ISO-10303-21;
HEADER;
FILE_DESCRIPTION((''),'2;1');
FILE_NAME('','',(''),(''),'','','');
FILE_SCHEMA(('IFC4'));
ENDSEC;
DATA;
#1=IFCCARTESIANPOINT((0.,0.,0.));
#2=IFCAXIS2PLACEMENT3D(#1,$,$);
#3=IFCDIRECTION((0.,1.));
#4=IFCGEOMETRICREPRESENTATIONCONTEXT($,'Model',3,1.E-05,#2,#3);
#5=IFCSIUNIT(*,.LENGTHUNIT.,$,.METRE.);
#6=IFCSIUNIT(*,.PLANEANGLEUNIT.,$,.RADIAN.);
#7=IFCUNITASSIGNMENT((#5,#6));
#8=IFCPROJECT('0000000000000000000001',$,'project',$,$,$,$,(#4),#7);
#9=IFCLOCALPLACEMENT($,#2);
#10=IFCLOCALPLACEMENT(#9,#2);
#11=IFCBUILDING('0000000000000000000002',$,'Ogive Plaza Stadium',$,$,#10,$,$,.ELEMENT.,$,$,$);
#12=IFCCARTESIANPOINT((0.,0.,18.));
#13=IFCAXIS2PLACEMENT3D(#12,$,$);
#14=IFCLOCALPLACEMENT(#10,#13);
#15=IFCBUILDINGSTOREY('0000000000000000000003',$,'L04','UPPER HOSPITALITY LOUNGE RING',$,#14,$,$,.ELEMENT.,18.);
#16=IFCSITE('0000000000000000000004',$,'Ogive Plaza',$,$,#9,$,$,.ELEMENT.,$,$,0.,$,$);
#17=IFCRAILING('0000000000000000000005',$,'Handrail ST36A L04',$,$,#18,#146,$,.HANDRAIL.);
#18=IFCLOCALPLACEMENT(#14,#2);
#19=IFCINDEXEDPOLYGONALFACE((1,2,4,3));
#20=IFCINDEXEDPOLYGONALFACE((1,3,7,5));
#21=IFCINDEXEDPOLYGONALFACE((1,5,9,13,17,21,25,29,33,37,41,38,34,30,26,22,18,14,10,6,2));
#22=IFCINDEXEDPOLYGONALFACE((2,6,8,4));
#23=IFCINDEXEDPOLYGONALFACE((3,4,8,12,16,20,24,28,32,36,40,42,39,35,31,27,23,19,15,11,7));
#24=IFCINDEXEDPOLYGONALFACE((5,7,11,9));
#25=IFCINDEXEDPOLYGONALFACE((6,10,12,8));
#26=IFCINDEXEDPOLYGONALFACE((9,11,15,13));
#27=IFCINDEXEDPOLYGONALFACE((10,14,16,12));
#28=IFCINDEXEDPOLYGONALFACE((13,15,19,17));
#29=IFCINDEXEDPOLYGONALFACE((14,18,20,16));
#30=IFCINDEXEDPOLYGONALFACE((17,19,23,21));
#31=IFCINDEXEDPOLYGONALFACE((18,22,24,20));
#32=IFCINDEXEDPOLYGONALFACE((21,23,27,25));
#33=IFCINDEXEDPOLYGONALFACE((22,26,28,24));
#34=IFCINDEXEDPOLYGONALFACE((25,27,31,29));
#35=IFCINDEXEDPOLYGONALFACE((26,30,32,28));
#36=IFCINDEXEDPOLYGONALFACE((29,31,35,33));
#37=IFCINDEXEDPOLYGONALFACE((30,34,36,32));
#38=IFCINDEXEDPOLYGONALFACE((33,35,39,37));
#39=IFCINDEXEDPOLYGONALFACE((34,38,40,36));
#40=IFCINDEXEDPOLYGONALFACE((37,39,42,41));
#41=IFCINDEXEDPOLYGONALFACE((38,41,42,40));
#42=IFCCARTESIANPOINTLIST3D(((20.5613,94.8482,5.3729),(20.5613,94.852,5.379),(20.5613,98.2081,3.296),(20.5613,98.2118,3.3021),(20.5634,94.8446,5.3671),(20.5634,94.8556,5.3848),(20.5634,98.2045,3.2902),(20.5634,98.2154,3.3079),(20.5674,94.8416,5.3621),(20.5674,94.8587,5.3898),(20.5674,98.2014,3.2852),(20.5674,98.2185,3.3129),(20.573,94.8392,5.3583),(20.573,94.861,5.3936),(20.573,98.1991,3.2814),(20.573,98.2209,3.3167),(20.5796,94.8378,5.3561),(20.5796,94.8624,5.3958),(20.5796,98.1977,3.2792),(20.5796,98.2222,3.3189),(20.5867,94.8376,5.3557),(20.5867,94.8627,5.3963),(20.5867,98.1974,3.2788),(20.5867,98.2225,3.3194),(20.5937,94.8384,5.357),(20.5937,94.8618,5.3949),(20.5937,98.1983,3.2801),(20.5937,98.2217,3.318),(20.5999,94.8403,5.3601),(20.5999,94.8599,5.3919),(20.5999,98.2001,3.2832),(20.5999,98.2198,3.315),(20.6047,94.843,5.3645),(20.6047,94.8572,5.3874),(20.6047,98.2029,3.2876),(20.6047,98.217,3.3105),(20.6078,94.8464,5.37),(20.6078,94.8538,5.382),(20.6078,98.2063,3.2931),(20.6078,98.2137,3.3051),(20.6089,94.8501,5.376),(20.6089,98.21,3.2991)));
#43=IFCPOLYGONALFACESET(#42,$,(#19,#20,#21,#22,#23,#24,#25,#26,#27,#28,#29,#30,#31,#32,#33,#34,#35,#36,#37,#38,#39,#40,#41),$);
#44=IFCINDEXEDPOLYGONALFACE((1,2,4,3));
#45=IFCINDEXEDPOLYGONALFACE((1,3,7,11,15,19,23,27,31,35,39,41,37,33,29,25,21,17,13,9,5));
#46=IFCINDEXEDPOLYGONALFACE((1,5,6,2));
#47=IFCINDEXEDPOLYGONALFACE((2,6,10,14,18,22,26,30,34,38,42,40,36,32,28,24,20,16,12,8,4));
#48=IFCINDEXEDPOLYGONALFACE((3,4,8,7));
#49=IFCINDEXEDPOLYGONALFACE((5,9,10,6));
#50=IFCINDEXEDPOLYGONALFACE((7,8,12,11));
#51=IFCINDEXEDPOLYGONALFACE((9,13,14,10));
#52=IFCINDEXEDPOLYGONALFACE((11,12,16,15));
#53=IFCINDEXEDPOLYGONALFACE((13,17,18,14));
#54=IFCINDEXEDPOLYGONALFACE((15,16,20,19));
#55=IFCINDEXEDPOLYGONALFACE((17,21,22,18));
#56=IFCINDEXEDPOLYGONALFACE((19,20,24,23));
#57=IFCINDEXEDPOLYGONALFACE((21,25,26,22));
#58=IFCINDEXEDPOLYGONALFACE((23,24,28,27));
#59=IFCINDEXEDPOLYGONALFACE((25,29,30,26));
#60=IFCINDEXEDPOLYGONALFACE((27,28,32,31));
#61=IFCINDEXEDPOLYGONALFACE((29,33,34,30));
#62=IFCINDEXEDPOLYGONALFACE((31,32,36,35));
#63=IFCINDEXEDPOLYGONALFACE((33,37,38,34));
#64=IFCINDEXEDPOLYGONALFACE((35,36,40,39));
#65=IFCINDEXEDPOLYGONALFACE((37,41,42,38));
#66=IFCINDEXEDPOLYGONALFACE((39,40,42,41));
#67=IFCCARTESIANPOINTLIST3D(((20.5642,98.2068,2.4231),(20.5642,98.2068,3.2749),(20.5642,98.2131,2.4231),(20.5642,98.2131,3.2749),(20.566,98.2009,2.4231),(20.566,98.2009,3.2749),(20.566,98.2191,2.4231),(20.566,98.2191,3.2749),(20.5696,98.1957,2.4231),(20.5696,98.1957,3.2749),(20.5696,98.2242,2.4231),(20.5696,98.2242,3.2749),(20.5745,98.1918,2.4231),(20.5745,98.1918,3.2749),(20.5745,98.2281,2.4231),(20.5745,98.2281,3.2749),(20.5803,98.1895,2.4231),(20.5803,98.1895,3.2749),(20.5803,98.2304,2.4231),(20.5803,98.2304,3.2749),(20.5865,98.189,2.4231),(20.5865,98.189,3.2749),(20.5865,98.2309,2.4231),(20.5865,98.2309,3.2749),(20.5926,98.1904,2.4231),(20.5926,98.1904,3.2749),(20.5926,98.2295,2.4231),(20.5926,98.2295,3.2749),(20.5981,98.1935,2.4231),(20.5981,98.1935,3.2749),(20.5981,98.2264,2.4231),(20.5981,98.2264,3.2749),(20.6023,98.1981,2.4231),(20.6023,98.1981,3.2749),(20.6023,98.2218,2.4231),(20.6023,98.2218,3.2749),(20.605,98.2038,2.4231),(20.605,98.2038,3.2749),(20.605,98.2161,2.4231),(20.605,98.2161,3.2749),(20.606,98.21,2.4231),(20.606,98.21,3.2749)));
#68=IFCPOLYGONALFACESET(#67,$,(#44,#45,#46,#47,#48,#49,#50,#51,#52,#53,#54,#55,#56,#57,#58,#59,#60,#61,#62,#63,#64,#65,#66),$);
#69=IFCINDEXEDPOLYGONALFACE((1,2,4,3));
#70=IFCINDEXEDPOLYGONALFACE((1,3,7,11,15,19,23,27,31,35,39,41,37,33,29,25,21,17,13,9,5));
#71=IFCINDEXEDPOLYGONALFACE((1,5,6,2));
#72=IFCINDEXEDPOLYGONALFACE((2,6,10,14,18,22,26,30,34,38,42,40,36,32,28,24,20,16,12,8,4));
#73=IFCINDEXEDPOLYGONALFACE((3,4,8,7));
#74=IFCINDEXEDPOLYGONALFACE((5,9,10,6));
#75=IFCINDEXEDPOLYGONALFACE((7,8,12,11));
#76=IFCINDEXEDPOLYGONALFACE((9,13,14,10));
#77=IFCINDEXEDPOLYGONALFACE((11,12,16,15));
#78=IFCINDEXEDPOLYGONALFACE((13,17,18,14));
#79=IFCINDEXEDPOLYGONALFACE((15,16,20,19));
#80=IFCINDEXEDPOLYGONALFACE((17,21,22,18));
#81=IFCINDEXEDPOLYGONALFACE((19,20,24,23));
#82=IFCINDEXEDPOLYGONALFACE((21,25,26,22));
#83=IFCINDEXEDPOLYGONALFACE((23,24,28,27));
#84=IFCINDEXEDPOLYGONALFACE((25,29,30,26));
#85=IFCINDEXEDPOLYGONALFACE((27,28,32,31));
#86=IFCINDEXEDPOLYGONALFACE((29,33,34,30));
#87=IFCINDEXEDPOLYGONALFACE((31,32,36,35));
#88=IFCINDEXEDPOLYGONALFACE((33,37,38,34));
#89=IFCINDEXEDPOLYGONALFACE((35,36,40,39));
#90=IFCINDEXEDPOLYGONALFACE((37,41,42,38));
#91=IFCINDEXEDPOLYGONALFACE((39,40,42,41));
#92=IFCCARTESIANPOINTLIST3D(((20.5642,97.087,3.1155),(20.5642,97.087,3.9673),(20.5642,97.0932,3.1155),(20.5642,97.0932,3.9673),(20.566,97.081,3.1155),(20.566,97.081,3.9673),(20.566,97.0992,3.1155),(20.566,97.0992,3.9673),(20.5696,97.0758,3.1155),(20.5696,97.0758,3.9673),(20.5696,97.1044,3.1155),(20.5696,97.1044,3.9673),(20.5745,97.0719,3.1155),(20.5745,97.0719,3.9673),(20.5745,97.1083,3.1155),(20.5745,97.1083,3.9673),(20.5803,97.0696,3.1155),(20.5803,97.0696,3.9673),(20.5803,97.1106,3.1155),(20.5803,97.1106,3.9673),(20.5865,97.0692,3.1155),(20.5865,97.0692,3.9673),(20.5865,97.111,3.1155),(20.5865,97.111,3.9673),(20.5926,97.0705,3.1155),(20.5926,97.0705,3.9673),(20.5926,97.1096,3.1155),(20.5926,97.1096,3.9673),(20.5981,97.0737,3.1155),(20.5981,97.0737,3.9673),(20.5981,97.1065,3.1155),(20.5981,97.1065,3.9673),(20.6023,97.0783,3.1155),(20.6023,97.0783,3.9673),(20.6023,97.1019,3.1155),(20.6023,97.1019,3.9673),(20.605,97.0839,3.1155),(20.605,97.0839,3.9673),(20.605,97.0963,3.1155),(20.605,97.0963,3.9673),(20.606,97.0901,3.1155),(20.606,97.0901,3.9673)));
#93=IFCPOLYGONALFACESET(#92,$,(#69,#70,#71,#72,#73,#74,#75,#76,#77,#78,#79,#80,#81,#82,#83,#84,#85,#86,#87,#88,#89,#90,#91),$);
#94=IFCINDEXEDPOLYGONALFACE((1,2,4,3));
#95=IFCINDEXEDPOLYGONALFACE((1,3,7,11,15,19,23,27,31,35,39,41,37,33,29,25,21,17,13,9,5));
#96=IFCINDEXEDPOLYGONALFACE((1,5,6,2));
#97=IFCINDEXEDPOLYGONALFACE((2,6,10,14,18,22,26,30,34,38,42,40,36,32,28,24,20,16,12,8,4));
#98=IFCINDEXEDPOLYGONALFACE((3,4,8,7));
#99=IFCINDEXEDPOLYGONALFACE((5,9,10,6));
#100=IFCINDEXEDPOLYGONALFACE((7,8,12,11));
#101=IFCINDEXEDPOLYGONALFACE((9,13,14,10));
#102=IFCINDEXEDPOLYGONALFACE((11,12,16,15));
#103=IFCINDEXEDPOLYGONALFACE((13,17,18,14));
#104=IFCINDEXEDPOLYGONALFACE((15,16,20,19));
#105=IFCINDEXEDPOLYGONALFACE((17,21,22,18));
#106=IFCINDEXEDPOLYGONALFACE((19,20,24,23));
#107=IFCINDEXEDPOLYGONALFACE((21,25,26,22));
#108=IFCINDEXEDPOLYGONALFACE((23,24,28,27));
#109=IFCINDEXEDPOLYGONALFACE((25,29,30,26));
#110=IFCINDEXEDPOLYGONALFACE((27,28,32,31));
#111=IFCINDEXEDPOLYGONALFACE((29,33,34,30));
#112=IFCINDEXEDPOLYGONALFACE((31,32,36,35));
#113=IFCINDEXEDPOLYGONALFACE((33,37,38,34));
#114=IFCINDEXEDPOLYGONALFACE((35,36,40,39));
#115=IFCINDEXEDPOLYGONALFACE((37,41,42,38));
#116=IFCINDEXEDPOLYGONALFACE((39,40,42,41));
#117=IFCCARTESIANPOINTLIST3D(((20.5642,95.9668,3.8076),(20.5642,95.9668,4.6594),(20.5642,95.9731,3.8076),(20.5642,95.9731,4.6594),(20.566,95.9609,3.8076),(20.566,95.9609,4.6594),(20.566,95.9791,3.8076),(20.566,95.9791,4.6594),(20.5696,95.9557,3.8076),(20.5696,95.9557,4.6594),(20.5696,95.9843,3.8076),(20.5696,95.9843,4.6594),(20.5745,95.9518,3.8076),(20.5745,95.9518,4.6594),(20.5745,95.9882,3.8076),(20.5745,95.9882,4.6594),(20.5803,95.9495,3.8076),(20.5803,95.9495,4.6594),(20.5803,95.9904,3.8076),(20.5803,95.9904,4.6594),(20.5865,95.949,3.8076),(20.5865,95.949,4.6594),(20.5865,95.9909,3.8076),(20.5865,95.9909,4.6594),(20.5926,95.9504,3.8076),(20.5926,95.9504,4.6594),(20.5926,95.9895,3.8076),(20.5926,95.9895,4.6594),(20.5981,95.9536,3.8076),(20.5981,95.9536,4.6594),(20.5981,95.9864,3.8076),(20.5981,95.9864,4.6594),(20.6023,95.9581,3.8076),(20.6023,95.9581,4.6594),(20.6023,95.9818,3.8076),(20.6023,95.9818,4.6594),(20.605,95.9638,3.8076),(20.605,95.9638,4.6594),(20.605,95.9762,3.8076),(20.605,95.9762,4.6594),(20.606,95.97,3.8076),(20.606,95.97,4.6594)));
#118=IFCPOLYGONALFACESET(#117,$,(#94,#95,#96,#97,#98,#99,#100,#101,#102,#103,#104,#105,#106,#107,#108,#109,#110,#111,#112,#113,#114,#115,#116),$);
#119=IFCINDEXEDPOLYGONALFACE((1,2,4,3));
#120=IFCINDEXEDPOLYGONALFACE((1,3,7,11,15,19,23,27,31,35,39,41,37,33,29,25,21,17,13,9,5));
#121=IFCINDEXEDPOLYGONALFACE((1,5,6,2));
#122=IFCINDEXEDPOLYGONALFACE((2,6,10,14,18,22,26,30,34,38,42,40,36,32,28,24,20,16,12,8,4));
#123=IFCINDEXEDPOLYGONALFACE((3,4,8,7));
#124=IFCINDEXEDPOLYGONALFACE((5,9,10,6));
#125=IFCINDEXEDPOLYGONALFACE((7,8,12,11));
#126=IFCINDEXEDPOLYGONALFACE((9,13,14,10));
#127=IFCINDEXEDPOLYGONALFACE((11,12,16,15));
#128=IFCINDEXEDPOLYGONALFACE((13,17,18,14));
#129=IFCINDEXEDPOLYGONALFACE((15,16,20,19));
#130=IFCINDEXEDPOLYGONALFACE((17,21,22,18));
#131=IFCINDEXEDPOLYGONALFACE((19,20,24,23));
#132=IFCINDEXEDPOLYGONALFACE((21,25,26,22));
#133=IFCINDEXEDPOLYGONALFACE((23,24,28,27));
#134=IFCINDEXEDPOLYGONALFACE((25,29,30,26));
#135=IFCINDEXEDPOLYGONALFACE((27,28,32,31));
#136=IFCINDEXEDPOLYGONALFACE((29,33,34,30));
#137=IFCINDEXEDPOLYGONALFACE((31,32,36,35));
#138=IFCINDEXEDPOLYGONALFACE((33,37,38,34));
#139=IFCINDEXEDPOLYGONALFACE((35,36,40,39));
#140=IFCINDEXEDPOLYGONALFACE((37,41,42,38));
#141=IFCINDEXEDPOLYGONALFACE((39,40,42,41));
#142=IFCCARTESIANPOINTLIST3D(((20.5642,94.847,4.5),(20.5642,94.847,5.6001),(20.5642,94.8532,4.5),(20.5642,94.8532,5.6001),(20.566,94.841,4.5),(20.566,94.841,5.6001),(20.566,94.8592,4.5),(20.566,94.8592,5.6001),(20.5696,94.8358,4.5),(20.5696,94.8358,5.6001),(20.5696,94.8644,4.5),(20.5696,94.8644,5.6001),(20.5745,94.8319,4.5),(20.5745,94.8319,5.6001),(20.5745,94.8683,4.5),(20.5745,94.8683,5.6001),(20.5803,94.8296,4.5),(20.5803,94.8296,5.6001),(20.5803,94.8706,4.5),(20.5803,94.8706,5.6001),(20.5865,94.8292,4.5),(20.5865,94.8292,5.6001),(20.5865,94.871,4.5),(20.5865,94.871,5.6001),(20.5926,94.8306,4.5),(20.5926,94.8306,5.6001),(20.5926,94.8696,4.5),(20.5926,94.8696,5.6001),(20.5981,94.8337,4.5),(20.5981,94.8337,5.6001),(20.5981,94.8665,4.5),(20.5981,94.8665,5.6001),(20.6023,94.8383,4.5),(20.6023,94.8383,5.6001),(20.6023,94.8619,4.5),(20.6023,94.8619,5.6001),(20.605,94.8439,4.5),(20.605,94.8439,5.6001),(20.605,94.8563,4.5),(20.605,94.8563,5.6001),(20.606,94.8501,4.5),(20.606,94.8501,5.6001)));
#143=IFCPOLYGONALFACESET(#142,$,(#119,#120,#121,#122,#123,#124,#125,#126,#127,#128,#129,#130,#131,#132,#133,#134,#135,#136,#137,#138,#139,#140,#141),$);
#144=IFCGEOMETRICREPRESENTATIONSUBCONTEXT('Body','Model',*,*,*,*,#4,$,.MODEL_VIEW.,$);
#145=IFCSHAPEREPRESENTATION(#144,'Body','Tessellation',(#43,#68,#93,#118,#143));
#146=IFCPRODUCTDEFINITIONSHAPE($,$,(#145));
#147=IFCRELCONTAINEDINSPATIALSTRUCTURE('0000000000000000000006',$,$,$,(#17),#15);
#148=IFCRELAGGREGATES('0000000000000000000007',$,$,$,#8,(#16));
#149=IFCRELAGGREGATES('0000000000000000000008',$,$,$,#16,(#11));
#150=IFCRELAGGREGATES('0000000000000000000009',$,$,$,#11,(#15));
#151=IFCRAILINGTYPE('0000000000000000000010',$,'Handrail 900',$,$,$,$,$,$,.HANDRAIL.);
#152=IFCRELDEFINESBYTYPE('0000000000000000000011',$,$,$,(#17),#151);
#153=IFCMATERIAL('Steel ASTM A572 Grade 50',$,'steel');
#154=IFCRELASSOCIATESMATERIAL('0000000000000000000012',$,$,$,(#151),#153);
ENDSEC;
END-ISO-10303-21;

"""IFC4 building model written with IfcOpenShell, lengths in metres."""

from ifc_helpers import new_model, si_unit, direction, frame, origin, origin_2d, place, context, subcontext, project, spatial, circle, extrude, material, type_object, element, save


model = new_model("IFC4")

# Units and contexts
model_context = context("Model", 3, precision=1e-05, world=origin(), true_north=direction((0.0, 1.0)))
body_context = subcontext(model_context, "Body", "Model", "MODEL_VIEW")
ifc_project = project(units=[si_unit("LENGTHUNIT", "METRE"), si_unit("PLANEANGLEUNIT", "RADIAN")], contexts=[model_context])

# Site, building, storey
site_placement = place(None, origin())
site = spatial("IfcSite", under=ifc_project, at=site_placement, Name="Ogive Plaza", CompositionType="ELEMENT", RefElevation=0.0)
building_placement = place(site_placement, origin())
building = spatial("IfcBuilding", under=site, at=building_placement, Name="Ogive Plaza Stadium", CompositionType="ELEMENT")
storey_placement = place(building_placement, frame((0.0, 0.0, 18.0)))
storey = spatial("IfcBuildingStorey", under=building, at=storey_placement, Name="L04", Description="UPPER HOSPITALITY LOUNGE RING", CompositionType="ELEMENT", Elevation=18.0)

# Railing
ifc_material_1 = material(Name="Steel ASTM A572 Grade 50", Category="steel")
railing_type_1 = type_object("IfcRailingType", Name="Handrail 900", PredefinedType="HANDRAIL", material=ifc_material_1)
railing_1_placement = place(storey_placement, frame((20.585, 98.21, 2.4231)))
element("IfcRailing", 1, at=railing_1_placement, inside=storey, type_object=railing_type_1, Name="Handrail ST36A L04", PredefinedType="HANDRAIL", context=body_context, shape_type="SweptSolid", body=[
    extrude(circle(Radius=0.0239, at=origin_2d()), frame((0.0, 0.0, 0.876), z_axis=(0.0, -0.850606, 0.525803), x_axis=(1.0, 0.0, 0.0)), (0.0, 0.0, 1.0), 3.95),
    extrude(circle(Radius=0.021, at=origin_2d()), origin(), (0.0, 0.0, 1.0), 0.8518),
    extrude(circle(Radius=0.021, at=origin_2d()), frame((0.0, -1.1199, 0.6924)), (0.0, 0.0, 1.0), 0.8518),
    extrude(circle(Radius=0.021, at=origin_2d()), frame((0.0, -2.24, 1.3845)), (0.0, 0.0, 1.0), 0.8518),
    extrude(circle(Radius=0.021, at=origin_2d()), frame((0.0, -3.3599, 2.0769)), (0.0, 0.0, 1.0), 1.1001),
])

save(model, "model.ifc")
